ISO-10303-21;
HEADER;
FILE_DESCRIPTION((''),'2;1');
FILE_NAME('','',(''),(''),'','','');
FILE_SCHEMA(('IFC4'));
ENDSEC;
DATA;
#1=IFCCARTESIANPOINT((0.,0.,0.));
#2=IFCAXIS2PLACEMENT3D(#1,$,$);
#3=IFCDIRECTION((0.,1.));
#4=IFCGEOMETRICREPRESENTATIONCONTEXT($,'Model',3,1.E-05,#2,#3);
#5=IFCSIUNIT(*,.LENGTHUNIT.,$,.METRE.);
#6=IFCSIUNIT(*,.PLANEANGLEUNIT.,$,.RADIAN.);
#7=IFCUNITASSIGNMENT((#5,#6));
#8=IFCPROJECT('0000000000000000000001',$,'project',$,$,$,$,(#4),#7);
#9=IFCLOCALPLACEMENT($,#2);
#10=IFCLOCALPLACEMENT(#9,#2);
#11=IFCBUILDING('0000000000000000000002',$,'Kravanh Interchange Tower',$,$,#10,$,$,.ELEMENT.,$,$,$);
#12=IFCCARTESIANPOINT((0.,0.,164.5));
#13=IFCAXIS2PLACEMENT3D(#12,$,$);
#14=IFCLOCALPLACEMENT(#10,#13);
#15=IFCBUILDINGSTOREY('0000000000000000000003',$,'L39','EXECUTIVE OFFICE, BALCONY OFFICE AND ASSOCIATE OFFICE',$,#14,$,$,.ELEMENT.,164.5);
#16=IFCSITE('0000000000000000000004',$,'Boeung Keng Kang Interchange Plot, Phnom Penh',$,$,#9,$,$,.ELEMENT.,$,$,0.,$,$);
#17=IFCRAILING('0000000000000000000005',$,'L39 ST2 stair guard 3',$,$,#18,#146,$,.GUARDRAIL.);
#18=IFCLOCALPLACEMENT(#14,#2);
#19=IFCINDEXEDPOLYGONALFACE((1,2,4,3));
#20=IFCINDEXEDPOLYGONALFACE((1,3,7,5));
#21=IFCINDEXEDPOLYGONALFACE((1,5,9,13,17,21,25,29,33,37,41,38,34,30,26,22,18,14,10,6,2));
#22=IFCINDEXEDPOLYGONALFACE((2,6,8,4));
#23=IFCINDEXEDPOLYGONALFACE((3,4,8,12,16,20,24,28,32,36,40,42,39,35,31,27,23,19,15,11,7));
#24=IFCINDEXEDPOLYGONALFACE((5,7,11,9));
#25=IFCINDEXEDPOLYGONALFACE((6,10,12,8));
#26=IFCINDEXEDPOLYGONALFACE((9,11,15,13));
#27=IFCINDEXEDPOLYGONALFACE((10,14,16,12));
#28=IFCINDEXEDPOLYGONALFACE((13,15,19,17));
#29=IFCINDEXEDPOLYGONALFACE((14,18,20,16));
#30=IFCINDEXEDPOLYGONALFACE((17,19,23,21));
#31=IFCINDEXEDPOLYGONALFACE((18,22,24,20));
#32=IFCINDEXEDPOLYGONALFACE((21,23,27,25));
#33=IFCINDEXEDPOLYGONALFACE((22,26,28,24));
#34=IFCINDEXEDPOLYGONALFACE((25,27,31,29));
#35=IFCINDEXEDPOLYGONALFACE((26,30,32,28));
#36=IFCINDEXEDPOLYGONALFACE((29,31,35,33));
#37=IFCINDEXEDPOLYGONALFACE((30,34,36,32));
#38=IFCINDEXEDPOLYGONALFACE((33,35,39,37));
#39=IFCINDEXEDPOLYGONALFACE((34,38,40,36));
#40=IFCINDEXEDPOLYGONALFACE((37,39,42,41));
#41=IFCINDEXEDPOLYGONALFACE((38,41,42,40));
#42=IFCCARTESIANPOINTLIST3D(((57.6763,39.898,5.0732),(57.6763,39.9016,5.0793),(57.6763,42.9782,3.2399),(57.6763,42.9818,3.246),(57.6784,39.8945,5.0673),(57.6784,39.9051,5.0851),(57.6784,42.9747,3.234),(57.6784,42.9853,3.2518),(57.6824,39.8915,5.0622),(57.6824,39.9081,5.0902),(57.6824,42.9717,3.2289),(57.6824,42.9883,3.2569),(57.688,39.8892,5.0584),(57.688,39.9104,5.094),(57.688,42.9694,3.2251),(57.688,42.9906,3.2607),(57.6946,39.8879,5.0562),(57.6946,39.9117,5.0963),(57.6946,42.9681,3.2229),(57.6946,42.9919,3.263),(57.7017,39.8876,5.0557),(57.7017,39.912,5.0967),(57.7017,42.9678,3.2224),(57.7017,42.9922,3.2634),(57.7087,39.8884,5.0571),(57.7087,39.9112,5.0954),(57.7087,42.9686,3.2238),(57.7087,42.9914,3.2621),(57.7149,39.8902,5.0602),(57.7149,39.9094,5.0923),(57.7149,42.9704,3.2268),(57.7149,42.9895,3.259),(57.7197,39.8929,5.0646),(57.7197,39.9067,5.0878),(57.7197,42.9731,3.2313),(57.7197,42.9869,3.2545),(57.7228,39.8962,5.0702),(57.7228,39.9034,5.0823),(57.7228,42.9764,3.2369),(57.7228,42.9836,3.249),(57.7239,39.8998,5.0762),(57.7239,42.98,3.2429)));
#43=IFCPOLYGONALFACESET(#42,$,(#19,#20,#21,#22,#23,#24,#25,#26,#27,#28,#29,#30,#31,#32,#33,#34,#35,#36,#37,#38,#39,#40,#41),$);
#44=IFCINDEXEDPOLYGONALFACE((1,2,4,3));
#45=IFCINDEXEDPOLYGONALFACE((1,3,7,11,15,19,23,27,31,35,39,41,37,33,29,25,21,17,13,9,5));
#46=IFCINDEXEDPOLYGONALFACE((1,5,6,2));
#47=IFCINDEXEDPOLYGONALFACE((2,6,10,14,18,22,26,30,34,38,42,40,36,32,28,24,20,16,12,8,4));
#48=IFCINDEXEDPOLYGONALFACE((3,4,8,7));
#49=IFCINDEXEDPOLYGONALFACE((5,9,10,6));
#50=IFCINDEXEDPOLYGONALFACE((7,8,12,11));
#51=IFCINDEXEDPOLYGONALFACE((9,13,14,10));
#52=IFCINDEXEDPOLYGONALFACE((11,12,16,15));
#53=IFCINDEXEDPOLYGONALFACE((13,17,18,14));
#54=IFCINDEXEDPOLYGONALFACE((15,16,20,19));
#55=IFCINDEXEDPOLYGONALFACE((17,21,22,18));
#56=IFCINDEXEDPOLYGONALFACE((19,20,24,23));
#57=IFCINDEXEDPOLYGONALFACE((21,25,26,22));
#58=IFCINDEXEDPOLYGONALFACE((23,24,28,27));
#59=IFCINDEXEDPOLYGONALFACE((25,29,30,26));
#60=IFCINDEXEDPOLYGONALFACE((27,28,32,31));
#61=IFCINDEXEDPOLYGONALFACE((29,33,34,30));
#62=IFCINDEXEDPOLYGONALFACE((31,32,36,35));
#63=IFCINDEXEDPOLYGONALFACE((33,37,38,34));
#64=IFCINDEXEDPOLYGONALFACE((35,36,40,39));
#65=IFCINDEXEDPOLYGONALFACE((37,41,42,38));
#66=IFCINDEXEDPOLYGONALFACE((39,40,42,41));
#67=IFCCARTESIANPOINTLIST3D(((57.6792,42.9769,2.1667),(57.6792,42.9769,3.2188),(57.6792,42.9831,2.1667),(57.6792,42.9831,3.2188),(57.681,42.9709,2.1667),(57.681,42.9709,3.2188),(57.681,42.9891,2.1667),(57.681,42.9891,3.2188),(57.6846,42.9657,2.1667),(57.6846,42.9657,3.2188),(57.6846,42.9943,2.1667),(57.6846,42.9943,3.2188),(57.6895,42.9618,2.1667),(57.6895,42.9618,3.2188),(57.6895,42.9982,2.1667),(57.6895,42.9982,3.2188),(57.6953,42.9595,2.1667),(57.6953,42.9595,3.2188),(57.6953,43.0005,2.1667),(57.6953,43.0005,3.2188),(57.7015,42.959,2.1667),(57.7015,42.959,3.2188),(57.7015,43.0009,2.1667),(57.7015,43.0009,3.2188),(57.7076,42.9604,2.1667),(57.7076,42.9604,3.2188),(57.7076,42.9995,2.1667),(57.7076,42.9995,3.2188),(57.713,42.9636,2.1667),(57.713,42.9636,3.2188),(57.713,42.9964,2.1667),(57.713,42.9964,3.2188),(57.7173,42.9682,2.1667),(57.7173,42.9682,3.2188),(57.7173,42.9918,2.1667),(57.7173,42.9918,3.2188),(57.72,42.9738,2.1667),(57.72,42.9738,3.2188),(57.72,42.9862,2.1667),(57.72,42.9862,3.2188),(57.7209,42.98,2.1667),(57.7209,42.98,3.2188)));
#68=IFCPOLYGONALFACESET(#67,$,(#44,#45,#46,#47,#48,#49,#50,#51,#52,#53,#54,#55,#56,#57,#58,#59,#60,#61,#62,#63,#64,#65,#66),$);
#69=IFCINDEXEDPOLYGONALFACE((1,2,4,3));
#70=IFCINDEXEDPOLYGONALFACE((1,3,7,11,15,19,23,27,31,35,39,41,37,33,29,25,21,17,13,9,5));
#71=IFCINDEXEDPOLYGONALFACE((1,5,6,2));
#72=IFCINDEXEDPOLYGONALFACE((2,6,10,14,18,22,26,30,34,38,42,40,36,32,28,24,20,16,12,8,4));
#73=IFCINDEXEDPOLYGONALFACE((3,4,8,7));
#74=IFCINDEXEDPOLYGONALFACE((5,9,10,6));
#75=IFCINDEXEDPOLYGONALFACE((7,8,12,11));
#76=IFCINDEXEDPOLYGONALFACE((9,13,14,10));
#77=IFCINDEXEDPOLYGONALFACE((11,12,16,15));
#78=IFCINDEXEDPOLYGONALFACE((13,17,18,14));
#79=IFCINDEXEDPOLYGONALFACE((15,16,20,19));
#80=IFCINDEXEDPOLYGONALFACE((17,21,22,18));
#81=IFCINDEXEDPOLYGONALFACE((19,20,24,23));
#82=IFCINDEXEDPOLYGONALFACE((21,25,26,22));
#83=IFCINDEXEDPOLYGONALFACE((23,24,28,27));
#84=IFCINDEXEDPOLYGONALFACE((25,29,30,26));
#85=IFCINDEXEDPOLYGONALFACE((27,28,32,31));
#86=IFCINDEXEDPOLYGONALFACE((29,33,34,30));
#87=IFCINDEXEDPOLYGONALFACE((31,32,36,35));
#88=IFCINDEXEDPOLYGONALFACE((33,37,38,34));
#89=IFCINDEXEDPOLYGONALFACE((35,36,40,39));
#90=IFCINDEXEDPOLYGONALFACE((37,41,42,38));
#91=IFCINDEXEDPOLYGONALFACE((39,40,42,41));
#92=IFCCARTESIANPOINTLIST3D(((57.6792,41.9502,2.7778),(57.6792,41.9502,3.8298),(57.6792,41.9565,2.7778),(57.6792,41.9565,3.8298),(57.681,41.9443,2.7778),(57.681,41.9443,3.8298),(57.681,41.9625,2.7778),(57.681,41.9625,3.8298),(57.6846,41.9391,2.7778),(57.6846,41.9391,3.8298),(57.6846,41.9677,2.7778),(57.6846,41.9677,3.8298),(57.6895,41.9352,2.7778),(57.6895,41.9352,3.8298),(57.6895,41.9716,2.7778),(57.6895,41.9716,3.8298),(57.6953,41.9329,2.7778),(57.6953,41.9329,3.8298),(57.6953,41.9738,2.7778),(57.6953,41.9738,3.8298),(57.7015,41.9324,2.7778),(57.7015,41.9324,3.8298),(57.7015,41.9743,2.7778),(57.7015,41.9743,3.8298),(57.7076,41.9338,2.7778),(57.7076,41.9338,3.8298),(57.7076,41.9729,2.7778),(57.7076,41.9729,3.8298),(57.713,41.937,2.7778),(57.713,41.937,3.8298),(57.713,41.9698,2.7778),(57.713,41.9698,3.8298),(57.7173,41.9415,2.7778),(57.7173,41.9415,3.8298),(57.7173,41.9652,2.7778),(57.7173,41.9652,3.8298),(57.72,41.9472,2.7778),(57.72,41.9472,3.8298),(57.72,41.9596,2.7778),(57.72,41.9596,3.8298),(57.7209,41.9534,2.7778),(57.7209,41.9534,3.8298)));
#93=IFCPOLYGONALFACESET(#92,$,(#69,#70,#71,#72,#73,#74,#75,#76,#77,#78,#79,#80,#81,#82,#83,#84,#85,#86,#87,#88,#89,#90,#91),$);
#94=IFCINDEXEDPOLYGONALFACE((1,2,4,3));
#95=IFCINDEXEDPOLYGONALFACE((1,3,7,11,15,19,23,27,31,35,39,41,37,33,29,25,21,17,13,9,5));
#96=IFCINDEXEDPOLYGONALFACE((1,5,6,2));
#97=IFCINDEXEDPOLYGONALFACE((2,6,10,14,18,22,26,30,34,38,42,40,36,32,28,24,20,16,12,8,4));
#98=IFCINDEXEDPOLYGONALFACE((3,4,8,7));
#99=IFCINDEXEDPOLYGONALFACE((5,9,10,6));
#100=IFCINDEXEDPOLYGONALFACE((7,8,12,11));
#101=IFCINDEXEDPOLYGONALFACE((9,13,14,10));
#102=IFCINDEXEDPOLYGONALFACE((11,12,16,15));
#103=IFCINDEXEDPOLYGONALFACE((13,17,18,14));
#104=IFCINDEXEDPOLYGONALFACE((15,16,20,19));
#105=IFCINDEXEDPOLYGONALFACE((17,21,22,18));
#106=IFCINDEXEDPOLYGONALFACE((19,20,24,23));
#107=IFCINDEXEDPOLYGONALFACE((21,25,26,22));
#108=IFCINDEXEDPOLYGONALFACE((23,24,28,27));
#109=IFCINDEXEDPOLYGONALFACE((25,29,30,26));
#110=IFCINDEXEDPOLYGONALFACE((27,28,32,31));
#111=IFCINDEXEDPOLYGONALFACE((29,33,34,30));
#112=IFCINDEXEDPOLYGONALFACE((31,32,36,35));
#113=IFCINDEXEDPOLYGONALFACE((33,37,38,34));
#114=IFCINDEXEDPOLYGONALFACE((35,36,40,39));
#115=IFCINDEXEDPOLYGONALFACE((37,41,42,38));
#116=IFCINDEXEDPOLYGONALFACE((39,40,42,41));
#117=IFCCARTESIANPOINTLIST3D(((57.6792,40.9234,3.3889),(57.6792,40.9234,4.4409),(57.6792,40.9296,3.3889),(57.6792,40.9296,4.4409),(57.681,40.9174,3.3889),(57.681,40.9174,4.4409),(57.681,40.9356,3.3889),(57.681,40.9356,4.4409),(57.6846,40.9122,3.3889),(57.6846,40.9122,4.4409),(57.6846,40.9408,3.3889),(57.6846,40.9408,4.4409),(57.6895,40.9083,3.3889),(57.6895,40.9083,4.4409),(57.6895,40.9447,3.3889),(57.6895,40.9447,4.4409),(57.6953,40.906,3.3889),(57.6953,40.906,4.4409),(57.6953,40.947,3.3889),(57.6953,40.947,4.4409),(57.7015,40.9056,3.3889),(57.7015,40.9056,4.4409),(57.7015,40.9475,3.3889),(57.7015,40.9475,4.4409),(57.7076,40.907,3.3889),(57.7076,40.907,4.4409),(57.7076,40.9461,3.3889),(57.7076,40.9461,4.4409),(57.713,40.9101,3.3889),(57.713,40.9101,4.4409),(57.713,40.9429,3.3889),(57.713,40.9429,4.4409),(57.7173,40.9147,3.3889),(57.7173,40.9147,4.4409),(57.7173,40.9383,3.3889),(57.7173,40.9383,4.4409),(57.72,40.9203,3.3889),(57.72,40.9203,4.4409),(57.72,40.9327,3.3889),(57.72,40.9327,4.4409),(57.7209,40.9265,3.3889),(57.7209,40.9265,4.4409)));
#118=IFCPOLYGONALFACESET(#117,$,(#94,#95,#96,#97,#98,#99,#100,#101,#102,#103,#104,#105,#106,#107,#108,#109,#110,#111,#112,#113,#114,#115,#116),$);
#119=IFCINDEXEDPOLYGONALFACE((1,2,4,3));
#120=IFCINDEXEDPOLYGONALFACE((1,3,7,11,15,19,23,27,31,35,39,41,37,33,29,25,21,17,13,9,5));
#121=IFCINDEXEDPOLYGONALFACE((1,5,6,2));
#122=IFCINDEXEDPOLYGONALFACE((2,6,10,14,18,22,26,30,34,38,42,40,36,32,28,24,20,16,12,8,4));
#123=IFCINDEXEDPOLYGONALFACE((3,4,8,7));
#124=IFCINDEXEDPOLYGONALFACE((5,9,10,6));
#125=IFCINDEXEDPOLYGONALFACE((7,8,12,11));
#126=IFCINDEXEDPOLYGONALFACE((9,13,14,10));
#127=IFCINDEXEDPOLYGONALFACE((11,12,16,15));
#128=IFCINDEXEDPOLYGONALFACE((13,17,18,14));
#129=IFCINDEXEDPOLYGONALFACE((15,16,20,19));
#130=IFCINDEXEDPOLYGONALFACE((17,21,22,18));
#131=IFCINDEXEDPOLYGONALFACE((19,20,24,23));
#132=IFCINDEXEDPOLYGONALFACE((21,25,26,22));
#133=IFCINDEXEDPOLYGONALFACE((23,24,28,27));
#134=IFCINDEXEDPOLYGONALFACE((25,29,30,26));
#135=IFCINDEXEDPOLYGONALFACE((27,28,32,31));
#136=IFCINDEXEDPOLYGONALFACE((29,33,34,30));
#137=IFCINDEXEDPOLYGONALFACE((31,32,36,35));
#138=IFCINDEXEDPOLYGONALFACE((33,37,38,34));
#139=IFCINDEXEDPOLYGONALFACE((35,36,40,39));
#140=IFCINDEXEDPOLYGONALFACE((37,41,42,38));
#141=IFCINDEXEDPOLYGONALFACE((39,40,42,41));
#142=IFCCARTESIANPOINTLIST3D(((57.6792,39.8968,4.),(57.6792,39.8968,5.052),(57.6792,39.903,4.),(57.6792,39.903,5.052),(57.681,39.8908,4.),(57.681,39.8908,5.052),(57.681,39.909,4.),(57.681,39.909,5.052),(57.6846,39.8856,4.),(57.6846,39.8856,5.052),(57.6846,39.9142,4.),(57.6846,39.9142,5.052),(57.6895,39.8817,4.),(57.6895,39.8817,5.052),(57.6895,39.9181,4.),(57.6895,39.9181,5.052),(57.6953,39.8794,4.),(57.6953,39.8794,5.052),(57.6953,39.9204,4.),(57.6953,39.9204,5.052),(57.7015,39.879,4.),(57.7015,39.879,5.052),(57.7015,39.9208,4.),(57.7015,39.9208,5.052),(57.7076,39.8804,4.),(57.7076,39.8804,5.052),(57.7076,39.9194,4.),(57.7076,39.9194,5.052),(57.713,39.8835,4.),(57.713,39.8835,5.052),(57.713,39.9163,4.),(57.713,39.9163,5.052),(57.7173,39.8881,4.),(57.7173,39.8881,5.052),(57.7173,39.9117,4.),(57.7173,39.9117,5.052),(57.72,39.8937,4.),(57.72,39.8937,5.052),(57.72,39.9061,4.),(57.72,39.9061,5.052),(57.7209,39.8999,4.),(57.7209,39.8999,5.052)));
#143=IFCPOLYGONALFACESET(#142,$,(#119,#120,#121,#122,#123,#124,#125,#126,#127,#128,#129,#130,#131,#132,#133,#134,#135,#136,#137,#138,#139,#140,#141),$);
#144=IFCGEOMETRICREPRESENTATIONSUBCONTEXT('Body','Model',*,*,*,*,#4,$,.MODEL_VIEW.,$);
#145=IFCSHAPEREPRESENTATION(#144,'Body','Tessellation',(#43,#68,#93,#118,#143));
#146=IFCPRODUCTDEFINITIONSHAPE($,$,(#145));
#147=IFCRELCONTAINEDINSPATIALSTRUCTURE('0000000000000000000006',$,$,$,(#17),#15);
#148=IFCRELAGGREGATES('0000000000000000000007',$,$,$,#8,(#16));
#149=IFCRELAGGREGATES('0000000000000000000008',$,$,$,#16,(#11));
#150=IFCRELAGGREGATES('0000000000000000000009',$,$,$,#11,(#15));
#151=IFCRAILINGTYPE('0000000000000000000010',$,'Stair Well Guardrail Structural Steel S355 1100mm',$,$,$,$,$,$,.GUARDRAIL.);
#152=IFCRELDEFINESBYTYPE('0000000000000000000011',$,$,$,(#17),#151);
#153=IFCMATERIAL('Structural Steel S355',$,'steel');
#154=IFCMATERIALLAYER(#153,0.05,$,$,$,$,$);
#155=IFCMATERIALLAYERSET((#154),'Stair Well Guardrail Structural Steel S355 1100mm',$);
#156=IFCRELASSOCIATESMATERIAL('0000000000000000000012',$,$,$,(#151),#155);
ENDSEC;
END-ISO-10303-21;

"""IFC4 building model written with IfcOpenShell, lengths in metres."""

from ifc_helpers import new_model, si_unit, direction, frame, origin, origin_2d, place, context, subcontext, project, spatial, circle, extrude, material, layer, layer_set, type_object, element, save


model = new_model("IFC4")

# Units and contexts
model_context = context("Model", 3, precision=1e-05, world=origin(), true_north=direction((0.0, 1.0)))
body_context = subcontext(model_context, "Body", "Model", "MODEL_VIEW")
ifc_project = project(units=[si_unit("LENGTHUNIT", "METRE"), si_unit("PLANEANGLEUNIT", "RADIAN")], contexts=[model_context])

# Site, building, storey
site_placement = place(None, origin())
site = spatial("IfcSite", under=ifc_project, at=site_placement, Name="Boeung Keng Kang Interchange Plot, Phnom Penh", CompositionType="ELEMENT", RefElevation=0.0)
building_placement = place(site_placement, origin())
building = spatial("IfcBuilding", under=site, at=building_placement, Name="Kravanh Interchange Tower", CompositionType="ELEMENT")
storey_placement = place(building_placement, frame((0.0, 0.0, 164.5)))
storey = spatial("IfcBuildingStorey", under=building, at=storey_placement, Name="L39", Description="EXECUTIVE OFFICE, BALCONY OFFICE AND ASSOCIATE OFFICE", CompositionType="ELEMENT", Elevation=164.5)

# Railing
ifc_material_1 = material(Name="Structural Steel S355", Category="steel")
ifc_layer_1 = layer(ifc_material_1, 0.05)
ifc_layer_set_1 = layer_set([ifc_layer_1], Name="Stair Well Guardrail Structural Steel S355 1100mm")
railing_type_1 = type_object("IfcRailingType", Name="Stair Well Guardrail Structural Steel S355 1100mm", PredefinedType="GUARDRAIL", material=ifc_layer_set_1)
railing_1_placement = place(storey_placement, frame((57.7, 42.98, 2.1667)))
element("IfcRailing", 1, at=railing_1_placement, inside=storey, type_object=railing_type_1, Name="L39 ST2 stair guard 3", PredefinedType="GUARDRAIL", context=body_context, shape_type="SweptSolid", body=[
    extrude(circle(Radius=0.0239, at=origin_2d()), frame((0.0, 0.0, 1.0762), z_axis=(0.0, -0.859309, 0.511458), x_axis=(1.0, 0.0, 0.0)), (0.0, 0.0, 1.0), 3.5845),
    extrude(circle(Radius=0.021, at=origin_2d()), origin(), (0.0, 0.0, 1.0), 1.052),
    extrude(circle(Radius=0.021, at=origin_2d()), frame((0.0, -1.0266, 0.6111)), (0.0, 0.0, 1.0), 1.052),
    extrude(circle(Radius=0.021, at=origin_2d()), frame((0.0, -2.0535, 1.2222)), (0.0, 0.0, 1.0), 1.052),
    extrude(circle(Radius=0.021, at=origin_2d()), frame((0.0, -3.0801, 1.8333)), (0.0, 0.0, 1.0), 1.052),
])

save(model, "model.ifc")
